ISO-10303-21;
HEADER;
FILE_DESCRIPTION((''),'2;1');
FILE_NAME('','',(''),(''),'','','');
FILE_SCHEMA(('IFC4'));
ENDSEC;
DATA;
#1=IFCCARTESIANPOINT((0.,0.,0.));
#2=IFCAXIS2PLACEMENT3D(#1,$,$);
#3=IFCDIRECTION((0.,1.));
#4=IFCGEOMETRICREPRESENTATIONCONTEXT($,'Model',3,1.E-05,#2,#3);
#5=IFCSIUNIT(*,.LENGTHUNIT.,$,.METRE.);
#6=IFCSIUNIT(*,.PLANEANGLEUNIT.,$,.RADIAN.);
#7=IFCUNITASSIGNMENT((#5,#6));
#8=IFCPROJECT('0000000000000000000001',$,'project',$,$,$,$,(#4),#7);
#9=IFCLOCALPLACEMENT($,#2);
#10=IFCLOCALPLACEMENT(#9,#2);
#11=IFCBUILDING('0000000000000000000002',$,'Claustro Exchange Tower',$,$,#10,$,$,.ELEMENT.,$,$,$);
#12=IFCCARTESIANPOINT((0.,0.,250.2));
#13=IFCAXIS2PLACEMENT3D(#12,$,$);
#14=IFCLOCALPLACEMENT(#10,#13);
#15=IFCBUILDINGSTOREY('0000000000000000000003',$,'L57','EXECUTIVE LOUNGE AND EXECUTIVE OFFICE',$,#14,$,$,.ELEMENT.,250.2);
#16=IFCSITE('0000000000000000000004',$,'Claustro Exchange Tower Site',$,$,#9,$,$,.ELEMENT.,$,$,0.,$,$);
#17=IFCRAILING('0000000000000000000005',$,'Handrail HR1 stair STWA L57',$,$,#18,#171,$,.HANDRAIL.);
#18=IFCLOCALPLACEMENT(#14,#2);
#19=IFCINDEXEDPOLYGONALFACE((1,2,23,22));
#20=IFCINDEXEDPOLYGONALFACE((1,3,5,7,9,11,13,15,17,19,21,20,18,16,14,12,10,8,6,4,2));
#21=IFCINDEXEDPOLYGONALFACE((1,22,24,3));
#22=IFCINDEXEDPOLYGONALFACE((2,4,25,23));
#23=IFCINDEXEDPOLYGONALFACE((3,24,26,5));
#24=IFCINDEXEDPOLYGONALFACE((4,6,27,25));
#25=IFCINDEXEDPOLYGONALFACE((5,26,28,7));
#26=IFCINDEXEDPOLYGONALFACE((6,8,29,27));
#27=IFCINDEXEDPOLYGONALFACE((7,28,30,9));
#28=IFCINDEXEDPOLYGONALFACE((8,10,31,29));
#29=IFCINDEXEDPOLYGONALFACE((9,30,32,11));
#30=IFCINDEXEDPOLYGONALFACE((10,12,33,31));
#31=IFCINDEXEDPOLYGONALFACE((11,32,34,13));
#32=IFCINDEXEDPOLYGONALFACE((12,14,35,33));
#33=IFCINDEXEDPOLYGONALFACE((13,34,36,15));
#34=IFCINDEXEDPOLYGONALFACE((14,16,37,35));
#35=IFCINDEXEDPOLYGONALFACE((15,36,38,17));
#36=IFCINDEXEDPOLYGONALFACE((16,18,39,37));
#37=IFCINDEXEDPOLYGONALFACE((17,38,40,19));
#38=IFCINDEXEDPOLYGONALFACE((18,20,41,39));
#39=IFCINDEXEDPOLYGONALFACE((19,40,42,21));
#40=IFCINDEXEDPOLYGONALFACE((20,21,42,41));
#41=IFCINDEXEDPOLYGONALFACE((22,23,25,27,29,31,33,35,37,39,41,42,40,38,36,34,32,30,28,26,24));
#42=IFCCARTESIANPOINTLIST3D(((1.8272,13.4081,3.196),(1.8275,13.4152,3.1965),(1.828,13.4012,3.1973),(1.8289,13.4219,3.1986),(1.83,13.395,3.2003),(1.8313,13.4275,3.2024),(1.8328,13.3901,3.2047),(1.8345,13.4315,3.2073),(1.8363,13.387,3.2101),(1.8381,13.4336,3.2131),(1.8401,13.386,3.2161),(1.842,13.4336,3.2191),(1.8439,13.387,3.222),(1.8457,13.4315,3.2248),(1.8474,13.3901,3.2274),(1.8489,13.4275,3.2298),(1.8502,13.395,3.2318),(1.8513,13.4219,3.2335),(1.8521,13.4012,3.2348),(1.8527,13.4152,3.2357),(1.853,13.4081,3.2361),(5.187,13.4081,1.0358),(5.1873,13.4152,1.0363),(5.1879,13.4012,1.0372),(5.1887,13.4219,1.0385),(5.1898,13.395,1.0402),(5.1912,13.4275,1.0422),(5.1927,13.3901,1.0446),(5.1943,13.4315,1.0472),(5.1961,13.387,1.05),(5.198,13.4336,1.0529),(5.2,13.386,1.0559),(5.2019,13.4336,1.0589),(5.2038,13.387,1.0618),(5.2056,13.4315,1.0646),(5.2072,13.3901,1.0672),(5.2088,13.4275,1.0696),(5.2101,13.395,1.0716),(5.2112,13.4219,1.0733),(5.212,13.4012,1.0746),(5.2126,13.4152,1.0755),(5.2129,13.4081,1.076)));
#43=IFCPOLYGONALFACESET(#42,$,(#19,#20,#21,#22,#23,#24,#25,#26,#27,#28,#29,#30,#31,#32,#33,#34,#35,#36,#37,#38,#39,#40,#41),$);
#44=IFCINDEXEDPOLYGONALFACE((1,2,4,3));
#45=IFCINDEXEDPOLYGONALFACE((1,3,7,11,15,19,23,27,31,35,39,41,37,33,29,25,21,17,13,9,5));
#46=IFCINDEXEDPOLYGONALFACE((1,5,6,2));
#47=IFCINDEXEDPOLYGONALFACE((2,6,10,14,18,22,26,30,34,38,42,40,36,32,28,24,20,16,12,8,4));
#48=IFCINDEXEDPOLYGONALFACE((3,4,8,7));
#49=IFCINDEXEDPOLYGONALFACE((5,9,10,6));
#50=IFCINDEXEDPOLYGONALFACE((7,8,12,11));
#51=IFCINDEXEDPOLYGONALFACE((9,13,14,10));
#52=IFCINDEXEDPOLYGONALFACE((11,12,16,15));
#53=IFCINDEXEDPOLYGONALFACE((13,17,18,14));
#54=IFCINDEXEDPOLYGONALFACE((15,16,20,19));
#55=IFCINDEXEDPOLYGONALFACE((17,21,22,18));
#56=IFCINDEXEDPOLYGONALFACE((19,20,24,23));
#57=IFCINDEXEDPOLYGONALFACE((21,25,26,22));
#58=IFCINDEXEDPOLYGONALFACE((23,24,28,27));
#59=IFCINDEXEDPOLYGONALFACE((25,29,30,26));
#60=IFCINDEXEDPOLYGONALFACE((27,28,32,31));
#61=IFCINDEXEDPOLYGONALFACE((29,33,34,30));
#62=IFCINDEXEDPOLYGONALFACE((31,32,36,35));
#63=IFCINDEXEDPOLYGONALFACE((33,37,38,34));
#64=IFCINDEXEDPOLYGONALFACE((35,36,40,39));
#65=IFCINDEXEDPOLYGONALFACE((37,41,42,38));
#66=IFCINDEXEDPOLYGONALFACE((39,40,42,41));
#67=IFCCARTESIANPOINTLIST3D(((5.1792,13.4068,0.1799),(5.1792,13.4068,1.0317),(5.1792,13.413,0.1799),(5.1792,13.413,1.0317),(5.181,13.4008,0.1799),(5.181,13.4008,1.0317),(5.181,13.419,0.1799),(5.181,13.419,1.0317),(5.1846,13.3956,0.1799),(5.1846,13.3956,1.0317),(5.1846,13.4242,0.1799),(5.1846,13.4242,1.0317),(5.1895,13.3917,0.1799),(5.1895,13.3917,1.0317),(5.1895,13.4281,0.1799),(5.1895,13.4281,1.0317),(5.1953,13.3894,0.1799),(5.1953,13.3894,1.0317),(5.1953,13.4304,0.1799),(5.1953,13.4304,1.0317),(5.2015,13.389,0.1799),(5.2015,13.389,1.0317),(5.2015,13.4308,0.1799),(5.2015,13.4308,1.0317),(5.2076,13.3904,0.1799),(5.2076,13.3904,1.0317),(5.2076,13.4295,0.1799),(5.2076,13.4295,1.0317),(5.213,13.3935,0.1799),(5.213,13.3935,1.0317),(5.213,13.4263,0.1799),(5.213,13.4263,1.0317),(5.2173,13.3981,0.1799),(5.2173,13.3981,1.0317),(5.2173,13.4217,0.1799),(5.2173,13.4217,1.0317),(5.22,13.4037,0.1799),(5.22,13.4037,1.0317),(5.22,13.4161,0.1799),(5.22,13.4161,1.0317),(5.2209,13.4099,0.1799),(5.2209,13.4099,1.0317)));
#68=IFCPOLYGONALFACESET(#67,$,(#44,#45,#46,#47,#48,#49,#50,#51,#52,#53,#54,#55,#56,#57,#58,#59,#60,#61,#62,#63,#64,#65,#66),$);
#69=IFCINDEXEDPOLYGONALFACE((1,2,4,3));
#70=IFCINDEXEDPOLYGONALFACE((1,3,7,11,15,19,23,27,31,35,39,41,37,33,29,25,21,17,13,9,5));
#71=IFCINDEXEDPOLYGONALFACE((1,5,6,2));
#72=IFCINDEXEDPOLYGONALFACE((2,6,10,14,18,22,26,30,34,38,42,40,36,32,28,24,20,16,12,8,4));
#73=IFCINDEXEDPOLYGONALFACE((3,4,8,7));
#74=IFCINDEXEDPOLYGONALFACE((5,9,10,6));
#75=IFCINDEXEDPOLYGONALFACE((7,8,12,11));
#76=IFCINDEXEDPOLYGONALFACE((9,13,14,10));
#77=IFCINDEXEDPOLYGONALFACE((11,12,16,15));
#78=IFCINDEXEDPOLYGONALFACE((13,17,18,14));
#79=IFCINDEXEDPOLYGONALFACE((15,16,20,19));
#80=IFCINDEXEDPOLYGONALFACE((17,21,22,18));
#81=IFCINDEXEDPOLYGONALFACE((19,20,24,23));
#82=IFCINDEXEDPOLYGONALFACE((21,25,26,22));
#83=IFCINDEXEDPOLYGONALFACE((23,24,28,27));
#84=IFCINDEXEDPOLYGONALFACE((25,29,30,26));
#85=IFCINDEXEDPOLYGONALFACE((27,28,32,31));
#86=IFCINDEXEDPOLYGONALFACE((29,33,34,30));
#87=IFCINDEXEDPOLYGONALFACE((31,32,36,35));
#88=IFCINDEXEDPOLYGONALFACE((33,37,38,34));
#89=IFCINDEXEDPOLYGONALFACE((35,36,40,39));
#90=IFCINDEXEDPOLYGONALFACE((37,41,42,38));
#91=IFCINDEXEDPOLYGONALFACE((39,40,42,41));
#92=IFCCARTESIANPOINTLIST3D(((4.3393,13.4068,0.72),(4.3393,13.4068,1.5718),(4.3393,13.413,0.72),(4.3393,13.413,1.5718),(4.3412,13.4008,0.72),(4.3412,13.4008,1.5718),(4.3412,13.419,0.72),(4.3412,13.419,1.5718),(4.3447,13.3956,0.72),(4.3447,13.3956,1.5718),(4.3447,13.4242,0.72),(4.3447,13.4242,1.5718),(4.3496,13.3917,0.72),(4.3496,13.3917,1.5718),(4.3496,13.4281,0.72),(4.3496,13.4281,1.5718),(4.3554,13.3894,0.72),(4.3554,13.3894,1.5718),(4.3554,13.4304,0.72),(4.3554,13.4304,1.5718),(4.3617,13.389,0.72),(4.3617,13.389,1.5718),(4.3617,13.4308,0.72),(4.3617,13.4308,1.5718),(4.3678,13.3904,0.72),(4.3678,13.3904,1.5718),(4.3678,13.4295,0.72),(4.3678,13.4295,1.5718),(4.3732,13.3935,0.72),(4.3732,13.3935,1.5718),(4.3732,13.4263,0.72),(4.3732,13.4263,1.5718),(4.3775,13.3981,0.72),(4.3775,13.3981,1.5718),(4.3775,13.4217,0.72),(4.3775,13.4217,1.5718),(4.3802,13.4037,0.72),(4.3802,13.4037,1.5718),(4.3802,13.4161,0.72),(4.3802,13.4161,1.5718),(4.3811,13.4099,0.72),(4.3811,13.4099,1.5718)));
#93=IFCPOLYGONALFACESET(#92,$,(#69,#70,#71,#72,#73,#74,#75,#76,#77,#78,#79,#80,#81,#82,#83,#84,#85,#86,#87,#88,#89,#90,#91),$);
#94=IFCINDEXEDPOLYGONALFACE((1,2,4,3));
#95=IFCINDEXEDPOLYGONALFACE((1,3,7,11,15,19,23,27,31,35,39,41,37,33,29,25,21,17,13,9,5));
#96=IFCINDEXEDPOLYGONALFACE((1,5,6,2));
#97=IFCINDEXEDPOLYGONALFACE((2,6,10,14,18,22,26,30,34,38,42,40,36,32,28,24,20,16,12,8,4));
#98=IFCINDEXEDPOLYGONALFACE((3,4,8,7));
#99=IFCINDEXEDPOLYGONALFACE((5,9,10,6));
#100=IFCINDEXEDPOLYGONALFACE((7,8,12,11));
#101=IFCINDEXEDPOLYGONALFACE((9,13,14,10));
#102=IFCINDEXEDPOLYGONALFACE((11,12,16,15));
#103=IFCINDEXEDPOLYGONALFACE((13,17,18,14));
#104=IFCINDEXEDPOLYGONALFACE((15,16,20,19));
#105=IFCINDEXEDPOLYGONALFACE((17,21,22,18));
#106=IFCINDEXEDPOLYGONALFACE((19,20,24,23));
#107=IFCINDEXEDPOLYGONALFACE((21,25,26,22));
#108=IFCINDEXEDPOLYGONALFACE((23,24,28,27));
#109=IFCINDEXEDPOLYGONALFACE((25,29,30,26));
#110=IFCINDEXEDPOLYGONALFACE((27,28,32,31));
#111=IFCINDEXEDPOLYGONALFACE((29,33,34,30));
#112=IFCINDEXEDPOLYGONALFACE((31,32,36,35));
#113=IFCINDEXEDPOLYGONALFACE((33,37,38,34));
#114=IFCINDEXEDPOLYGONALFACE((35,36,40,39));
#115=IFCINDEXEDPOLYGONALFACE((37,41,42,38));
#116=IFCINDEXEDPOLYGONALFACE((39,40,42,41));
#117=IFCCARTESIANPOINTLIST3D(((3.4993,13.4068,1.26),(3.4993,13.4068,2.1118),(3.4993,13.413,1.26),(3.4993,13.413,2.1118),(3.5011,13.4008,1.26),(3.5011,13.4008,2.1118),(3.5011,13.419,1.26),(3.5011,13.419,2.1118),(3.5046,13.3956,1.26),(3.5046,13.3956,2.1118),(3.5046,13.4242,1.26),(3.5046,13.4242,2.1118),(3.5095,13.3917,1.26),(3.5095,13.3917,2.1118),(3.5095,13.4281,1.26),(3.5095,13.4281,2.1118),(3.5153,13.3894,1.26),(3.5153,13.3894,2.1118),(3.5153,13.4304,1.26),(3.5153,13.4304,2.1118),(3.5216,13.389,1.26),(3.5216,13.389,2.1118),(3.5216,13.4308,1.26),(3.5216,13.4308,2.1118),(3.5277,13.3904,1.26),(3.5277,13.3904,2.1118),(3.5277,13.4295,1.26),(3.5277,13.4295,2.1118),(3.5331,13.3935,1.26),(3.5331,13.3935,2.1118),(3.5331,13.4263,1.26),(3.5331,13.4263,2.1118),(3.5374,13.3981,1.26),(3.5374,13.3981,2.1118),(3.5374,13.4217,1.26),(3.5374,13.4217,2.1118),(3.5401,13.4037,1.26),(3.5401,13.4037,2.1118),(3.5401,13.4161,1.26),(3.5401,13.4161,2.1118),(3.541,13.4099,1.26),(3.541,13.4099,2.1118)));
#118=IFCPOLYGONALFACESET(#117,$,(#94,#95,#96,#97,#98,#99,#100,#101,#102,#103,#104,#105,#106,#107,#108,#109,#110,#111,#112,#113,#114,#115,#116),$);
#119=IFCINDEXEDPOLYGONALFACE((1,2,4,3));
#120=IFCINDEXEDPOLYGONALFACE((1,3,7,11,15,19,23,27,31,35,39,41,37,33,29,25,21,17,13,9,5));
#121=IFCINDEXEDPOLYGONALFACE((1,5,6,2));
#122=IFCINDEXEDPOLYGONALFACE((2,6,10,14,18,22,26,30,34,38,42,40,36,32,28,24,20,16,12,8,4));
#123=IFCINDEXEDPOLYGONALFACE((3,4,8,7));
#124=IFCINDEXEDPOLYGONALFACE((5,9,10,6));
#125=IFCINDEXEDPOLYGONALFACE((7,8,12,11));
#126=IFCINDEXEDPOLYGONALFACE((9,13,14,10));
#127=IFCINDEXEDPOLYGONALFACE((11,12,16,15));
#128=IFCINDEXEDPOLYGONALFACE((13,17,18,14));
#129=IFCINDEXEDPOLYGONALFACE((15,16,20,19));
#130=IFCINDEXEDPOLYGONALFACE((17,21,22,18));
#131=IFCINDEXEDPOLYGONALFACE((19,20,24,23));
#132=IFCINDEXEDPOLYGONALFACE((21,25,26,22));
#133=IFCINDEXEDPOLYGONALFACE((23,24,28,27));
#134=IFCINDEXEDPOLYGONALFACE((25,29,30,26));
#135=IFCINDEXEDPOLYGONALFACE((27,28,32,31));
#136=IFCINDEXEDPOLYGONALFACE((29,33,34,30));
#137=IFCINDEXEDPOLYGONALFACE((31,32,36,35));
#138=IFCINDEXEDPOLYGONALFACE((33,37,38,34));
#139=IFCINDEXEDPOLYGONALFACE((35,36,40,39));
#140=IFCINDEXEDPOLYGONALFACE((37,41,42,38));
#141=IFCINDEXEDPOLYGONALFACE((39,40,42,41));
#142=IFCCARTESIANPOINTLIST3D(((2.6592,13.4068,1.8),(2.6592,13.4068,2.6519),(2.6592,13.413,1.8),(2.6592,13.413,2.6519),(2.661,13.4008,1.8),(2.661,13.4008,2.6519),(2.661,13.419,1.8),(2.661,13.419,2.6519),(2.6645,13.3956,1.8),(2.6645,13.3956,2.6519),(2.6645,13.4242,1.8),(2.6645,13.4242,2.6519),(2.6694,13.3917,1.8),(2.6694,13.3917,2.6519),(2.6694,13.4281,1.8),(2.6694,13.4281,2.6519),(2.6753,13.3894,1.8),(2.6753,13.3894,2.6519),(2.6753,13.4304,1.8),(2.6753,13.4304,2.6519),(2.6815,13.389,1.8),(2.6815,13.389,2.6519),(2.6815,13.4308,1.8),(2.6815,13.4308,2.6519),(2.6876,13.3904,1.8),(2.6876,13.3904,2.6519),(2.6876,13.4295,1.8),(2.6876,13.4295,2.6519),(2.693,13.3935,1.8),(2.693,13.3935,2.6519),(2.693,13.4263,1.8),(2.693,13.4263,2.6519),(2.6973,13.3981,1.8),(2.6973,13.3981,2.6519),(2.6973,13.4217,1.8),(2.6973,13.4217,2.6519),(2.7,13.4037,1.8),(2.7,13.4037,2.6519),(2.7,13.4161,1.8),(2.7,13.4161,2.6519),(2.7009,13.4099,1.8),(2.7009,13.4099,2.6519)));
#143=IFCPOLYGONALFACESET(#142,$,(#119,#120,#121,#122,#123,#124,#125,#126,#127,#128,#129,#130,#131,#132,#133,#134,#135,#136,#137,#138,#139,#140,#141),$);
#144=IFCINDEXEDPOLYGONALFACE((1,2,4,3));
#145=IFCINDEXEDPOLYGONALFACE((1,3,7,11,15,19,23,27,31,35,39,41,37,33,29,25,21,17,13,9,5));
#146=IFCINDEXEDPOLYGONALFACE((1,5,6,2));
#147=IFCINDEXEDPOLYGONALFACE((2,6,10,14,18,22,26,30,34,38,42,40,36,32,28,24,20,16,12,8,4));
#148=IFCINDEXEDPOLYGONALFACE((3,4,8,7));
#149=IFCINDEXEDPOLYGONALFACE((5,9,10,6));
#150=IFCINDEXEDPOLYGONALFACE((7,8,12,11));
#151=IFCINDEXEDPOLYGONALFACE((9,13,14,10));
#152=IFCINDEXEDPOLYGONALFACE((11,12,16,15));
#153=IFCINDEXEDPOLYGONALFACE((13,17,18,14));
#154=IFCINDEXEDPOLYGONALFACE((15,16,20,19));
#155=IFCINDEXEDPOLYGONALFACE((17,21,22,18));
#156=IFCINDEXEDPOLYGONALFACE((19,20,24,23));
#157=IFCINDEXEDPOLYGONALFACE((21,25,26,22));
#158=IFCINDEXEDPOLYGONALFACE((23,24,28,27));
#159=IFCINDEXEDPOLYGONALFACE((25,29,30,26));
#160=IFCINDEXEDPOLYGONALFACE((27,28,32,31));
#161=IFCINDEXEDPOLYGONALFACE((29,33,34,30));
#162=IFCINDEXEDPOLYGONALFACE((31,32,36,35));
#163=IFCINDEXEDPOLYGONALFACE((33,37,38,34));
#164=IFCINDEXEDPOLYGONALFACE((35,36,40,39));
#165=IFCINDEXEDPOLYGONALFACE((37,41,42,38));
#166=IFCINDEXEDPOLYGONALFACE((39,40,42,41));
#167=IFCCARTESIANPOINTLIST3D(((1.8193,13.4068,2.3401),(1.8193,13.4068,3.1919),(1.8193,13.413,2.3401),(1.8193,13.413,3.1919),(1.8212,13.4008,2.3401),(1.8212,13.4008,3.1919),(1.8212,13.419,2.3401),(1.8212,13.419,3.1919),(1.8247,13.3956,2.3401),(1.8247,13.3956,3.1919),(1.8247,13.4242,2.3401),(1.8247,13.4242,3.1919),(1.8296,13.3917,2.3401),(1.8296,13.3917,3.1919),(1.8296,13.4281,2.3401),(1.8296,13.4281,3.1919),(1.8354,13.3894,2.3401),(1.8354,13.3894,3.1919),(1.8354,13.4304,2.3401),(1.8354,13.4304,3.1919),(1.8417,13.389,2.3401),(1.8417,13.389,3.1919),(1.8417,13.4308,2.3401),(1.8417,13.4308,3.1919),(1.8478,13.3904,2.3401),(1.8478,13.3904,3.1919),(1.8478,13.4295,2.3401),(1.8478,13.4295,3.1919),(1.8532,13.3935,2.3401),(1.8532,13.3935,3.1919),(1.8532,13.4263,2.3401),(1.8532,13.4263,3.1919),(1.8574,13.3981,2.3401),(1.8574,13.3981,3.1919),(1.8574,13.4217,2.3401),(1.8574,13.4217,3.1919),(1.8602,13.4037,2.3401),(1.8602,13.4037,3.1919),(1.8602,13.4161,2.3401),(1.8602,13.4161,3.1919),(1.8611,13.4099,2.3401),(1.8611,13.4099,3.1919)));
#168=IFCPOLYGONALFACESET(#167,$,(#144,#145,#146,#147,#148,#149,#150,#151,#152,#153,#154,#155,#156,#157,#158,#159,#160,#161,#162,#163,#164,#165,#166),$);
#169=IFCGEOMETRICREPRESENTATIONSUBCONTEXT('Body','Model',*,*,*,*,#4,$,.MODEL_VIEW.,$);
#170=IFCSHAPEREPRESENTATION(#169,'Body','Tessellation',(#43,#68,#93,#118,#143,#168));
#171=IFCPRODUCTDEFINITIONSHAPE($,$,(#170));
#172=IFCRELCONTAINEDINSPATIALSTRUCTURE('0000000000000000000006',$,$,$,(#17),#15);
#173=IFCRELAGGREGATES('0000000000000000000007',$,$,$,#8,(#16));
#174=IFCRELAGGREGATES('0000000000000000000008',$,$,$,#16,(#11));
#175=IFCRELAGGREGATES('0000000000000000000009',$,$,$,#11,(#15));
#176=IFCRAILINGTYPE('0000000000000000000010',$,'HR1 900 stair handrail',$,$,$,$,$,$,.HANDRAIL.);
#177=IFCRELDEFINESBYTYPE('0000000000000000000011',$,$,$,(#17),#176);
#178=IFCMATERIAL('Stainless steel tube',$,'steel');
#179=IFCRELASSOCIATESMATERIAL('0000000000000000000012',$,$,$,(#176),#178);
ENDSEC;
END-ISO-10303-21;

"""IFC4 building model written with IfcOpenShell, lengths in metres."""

from ifc_helpers import new_model, si_unit, direction, frame, origin, origin_2d, place, context, subcontext, project, spatial, circle, extrude, material, type_object, element, save


model = new_model("IFC4")

# Units and contexts
model_context = context("Model", 3, precision=1e-05, world=origin(), true_north=direction((0.0, 1.0)))
body_context = subcontext(model_context, "Body", "Model", "MODEL_VIEW")
ifc_project = project(units=[si_unit("LENGTHUNIT", "METRE"), si_unit("PLANEANGLEUNIT", "RADIAN")], contexts=[model_context])

# Site, building, storey
site_placement = place(None, origin())
site = spatial("IfcSite", under=ifc_project, at=site_placement, Name="Claustro Exchange Tower Site", CompositionType="ELEMENT", RefElevation=0.0)
building_placement = place(site_placement, origin())
building = spatial("IfcBuilding", under=site, at=building_placement, Name="Claustro Exchange Tower", CompositionType="ELEMENT")
storey_placement = place(building_placement, frame((0.0, 0.0, 250.2)))
storey = spatial("IfcBuildingStorey", under=building, at=storey_placement, Name="L57", Description="EXECUTIVE LOUNGE AND EXECUTIVE OFFICE", CompositionType="ELEMENT", Elevation=250.2)

# Railing
ifc_material_1 = material(Name="Stainless steel tube", Category="steel")
railing_type_1 = type_object("IfcRailingType", Name="HR1 900 stair handrail", PredefinedType="HANDRAIL", material=ifc_material_1)
railing_1_placement = place(storey_placement, frame((5.2, 13.4099, 0.1799)))
element("IfcRailing", 1, at=railing_1_placement, inside=storey, type_object=railing_type_1, Name="Handrail HR1 stair STWA L57", PredefinedType="HANDRAIL", context=body_context, shape_type="SweptSolid", body=[
    extrude(circle(Radius=0.0239, at=origin_2d()), frame((0.0, 0.0, 0.876), z_axis=(-0.841151, 0.0, 0.540801), x_axis=(0.0, -1.0, 0.0)), (0.0, 0.0, 1.0), 3.9944),
    extrude(circle(Radius=0.021, at=origin_2d()), origin(), (0.0, 0.0, 1.0), 0.8518),
    extrude(circle(Radius=0.021, at=origin_2d()), frame((-0.8398, 0.0, 0.54)), (0.0, 0.0, 1.0), 0.8518),
    extrude(circle(Radius=0.021, at=origin_2d()), frame((-1.6799, 0.0, 1.0801)), (0.0, 0.0, 1.0), 0.8518),
    extrude(circle(Radius=0.021, at=origin_2d()), frame((-2.52, 0.0, 1.6201)), (0.0, 0.0, 1.0), 0.8518),
    extrude(circle(Radius=0.021, at=origin_2d()), frame((-3.3599, 0.0, 2.1602)), (0.0, 0.0, 1.0), 0.8518),
])

save(model, "model.ifc")
